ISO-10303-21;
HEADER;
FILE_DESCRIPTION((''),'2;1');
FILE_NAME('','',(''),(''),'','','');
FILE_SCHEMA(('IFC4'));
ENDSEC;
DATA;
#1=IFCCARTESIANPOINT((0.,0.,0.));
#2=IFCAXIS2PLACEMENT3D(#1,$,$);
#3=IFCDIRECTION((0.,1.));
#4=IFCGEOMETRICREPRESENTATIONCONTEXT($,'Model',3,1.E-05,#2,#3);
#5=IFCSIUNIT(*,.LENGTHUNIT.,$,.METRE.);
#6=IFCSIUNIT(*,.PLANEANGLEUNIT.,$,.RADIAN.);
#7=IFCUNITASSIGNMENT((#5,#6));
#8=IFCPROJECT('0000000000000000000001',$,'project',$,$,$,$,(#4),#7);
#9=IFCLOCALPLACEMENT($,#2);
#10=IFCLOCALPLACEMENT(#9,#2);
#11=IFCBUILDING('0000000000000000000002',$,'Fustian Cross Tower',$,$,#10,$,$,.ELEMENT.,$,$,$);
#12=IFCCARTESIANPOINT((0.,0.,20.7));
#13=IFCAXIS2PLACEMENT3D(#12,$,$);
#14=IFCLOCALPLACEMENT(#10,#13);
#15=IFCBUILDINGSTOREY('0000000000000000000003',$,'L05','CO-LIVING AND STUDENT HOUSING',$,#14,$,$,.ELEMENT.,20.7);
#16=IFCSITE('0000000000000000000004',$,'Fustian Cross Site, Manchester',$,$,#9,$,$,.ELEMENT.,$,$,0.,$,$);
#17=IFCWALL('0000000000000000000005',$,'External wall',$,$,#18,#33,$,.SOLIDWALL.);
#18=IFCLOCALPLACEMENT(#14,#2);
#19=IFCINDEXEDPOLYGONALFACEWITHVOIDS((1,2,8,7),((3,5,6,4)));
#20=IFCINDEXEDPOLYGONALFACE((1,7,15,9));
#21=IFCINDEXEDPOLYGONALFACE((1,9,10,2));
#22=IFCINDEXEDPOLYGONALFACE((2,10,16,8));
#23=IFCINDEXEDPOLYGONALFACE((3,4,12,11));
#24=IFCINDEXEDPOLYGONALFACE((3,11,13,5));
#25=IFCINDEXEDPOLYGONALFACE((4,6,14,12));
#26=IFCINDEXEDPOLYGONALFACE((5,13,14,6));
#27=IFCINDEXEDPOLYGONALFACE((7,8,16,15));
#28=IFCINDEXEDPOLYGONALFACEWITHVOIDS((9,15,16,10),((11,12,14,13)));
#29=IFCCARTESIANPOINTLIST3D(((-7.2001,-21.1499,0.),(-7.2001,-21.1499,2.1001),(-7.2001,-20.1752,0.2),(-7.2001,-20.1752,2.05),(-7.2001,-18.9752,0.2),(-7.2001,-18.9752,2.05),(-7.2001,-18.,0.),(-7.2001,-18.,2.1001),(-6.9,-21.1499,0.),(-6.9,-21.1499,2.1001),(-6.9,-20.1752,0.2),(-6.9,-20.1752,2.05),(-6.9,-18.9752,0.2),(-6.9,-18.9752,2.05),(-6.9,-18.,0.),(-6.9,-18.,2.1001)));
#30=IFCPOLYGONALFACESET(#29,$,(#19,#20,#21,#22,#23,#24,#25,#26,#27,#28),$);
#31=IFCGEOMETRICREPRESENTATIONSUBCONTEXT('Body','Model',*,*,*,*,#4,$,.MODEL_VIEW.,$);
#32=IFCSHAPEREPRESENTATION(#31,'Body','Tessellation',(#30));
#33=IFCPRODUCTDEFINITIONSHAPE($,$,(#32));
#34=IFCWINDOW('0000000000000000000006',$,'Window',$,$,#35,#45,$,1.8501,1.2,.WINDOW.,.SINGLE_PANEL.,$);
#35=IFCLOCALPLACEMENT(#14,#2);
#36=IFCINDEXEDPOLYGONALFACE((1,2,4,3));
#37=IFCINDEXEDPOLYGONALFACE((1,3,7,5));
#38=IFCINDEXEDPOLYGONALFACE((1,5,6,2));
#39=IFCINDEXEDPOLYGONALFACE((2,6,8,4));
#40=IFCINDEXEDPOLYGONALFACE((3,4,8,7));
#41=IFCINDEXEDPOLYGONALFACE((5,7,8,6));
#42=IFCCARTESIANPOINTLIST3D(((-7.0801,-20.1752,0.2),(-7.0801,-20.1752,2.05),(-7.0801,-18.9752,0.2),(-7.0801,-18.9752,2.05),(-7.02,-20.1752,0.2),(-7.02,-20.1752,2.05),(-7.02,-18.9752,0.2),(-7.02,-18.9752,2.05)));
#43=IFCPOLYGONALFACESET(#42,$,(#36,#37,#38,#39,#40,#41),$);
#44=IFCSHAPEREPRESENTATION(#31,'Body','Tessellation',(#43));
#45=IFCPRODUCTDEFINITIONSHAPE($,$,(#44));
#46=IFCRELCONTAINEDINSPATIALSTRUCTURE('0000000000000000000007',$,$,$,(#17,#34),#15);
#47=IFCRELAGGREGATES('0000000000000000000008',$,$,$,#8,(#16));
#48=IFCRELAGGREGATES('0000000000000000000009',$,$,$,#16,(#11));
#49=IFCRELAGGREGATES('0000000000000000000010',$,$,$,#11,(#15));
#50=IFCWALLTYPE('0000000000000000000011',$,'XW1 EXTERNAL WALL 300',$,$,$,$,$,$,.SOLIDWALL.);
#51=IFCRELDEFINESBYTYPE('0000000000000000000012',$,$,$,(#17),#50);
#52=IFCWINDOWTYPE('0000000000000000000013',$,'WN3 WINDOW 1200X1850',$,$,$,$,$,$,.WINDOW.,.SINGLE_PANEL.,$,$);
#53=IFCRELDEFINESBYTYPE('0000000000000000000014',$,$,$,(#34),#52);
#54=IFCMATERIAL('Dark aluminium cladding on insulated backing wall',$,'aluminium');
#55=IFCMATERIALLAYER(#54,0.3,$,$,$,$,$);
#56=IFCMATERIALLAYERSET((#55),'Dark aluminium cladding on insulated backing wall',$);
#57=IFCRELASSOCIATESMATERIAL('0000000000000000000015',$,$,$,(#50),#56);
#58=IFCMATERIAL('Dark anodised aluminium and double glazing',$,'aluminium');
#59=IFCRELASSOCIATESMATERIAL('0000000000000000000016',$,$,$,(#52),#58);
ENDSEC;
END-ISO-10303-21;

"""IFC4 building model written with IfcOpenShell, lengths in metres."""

from ifc_helpers import new_model, si_unit, direction, frame, frame_2d, origin, place, context, subcontext, project, spatial, rectangle, extrude, material, layer, layer_set, type_object, element, fill, save


model = new_model("IFC4")

# Units and contexts
model_context = context("Model", 3, precision=1e-05, world=origin(), true_north=direction((0.0, 1.0)))
body_context = subcontext(model_context, "Body", "Model", "MODEL_VIEW")
ifc_project = project(units=[si_unit("LENGTHUNIT", "METRE"), si_unit("PLANEANGLEUNIT", "RADIAN")], contexts=[model_context])

# Site, building, storey
site_placement = place(None, origin())
site = spatial("IfcSite", under=ifc_project, at=site_placement, Name="Fustian Cross Site, Manchester", CompositionType="ELEMENT", RefElevation=0.0)
building_placement = place(site_placement, origin())
building = spatial("IfcBuilding", under=site, at=building_placement, Name="Fustian Cross Tower", CompositionType="ELEMENT")
storey_placement = place(building_placement, frame((0.0, 0.0, 20.7)))
storey = spatial("IfcBuildingStorey", under=building, at=storey_placement, Name="L05", Description="CO-LIVING AND STUDENT HOUSING", CompositionType="ELEMENT", Elevation=20.7)

# Shared definitions
ifc_material_1 = material(Name="Dark aluminium cladding on insulated backing wall", Category="aluminium")
ifc_layer_1 = layer(ifc_material_1, 0.3)
ifc_layer_set_1 = layer_set([ifc_layer_1], Name="Dark aluminium cladding on insulated backing wall")
wall_type_1 = type_object("IfcWallType", Name="XW1 EXTERNAL WALL 300", PredefinedType="SOLIDWALL", material=ifc_layer_set_1)

# Wall, opening, window
ifc_material_2 = material(Name="Dark anodised aluminium and double glazing", Category="aluminium")
window_type = type_object("IfcWindowType", Name="WN3 WINDOW 1200X1850", PartitioningType="SINGLE_PANEL", PredefinedType="WINDOW", material=ifc_material_2)
wall_1_placement = place(storey_placement, frame((-7.05, -18.0, 0.0), z_axis=(0.0, 0.0, 1.0), x_axis=(0.0, -1.0, 0.0)))
wall_1 = element("IfcWall", 1, at=wall_1_placement, inside=storey, type_object=wall_type_1, Name="External wall", PredefinedType="SOLIDWALL", context=body_context, shape_type="SweptSolid", body=[
    extrude(rectangle(XDim=3.1499, YDim=0.3, at=frame_2d((1.575, 0.0))), origin(), (0.0, 0.0, 1.0), 2.1001),
])
opening_1_placement = place(wall_1_placement, frame((0.9751, 0.0, 0.2)))
opening_1 = element("IfcOpeningElement", 2, at=opening_1_placement, cuts=wall_1, PredefinedType="OPENING", context=body_context, shape_type="SweptSolid", body=[
    extrude(rectangle(XDim=1.2, YDim=1.8501, at=frame_2d((0.6001, 0.925))), frame((0.0, 0.1599, 0.0), z_axis=(0.0, -1.0, 0.0), x_axis=(1.0, 0.0, 0.0)), (0.0, 0.0, 1.0), 0.3201),
])
window_1_placement = place(opening_1_placement, origin())
window_1 = element("IfcWindow", 3, at=window_1_placement, inside=storey, type_object=window_type, Name="Window", OverallHeight=1.8501, OverallWidth=1.2, PartitioningType="SINGLE_PANEL", PredefinedType="WINDOW", context=body_context, shape_type="SweptSolid", body=[
    extrude(rectangle(XDim=1.2, YDim=1.8501, at=frame_2d((0.6001, 0.925))), frame((0.0, 0.03, 0.0), z_axis=(0.0, -1.0, 0.0), x_axis=(1.0, 0.0, 0.0)), (0.0, 0.0, 1.0), 0.0601),
])
fill(opening_1, window_1)

save(model, "model.ifc")
